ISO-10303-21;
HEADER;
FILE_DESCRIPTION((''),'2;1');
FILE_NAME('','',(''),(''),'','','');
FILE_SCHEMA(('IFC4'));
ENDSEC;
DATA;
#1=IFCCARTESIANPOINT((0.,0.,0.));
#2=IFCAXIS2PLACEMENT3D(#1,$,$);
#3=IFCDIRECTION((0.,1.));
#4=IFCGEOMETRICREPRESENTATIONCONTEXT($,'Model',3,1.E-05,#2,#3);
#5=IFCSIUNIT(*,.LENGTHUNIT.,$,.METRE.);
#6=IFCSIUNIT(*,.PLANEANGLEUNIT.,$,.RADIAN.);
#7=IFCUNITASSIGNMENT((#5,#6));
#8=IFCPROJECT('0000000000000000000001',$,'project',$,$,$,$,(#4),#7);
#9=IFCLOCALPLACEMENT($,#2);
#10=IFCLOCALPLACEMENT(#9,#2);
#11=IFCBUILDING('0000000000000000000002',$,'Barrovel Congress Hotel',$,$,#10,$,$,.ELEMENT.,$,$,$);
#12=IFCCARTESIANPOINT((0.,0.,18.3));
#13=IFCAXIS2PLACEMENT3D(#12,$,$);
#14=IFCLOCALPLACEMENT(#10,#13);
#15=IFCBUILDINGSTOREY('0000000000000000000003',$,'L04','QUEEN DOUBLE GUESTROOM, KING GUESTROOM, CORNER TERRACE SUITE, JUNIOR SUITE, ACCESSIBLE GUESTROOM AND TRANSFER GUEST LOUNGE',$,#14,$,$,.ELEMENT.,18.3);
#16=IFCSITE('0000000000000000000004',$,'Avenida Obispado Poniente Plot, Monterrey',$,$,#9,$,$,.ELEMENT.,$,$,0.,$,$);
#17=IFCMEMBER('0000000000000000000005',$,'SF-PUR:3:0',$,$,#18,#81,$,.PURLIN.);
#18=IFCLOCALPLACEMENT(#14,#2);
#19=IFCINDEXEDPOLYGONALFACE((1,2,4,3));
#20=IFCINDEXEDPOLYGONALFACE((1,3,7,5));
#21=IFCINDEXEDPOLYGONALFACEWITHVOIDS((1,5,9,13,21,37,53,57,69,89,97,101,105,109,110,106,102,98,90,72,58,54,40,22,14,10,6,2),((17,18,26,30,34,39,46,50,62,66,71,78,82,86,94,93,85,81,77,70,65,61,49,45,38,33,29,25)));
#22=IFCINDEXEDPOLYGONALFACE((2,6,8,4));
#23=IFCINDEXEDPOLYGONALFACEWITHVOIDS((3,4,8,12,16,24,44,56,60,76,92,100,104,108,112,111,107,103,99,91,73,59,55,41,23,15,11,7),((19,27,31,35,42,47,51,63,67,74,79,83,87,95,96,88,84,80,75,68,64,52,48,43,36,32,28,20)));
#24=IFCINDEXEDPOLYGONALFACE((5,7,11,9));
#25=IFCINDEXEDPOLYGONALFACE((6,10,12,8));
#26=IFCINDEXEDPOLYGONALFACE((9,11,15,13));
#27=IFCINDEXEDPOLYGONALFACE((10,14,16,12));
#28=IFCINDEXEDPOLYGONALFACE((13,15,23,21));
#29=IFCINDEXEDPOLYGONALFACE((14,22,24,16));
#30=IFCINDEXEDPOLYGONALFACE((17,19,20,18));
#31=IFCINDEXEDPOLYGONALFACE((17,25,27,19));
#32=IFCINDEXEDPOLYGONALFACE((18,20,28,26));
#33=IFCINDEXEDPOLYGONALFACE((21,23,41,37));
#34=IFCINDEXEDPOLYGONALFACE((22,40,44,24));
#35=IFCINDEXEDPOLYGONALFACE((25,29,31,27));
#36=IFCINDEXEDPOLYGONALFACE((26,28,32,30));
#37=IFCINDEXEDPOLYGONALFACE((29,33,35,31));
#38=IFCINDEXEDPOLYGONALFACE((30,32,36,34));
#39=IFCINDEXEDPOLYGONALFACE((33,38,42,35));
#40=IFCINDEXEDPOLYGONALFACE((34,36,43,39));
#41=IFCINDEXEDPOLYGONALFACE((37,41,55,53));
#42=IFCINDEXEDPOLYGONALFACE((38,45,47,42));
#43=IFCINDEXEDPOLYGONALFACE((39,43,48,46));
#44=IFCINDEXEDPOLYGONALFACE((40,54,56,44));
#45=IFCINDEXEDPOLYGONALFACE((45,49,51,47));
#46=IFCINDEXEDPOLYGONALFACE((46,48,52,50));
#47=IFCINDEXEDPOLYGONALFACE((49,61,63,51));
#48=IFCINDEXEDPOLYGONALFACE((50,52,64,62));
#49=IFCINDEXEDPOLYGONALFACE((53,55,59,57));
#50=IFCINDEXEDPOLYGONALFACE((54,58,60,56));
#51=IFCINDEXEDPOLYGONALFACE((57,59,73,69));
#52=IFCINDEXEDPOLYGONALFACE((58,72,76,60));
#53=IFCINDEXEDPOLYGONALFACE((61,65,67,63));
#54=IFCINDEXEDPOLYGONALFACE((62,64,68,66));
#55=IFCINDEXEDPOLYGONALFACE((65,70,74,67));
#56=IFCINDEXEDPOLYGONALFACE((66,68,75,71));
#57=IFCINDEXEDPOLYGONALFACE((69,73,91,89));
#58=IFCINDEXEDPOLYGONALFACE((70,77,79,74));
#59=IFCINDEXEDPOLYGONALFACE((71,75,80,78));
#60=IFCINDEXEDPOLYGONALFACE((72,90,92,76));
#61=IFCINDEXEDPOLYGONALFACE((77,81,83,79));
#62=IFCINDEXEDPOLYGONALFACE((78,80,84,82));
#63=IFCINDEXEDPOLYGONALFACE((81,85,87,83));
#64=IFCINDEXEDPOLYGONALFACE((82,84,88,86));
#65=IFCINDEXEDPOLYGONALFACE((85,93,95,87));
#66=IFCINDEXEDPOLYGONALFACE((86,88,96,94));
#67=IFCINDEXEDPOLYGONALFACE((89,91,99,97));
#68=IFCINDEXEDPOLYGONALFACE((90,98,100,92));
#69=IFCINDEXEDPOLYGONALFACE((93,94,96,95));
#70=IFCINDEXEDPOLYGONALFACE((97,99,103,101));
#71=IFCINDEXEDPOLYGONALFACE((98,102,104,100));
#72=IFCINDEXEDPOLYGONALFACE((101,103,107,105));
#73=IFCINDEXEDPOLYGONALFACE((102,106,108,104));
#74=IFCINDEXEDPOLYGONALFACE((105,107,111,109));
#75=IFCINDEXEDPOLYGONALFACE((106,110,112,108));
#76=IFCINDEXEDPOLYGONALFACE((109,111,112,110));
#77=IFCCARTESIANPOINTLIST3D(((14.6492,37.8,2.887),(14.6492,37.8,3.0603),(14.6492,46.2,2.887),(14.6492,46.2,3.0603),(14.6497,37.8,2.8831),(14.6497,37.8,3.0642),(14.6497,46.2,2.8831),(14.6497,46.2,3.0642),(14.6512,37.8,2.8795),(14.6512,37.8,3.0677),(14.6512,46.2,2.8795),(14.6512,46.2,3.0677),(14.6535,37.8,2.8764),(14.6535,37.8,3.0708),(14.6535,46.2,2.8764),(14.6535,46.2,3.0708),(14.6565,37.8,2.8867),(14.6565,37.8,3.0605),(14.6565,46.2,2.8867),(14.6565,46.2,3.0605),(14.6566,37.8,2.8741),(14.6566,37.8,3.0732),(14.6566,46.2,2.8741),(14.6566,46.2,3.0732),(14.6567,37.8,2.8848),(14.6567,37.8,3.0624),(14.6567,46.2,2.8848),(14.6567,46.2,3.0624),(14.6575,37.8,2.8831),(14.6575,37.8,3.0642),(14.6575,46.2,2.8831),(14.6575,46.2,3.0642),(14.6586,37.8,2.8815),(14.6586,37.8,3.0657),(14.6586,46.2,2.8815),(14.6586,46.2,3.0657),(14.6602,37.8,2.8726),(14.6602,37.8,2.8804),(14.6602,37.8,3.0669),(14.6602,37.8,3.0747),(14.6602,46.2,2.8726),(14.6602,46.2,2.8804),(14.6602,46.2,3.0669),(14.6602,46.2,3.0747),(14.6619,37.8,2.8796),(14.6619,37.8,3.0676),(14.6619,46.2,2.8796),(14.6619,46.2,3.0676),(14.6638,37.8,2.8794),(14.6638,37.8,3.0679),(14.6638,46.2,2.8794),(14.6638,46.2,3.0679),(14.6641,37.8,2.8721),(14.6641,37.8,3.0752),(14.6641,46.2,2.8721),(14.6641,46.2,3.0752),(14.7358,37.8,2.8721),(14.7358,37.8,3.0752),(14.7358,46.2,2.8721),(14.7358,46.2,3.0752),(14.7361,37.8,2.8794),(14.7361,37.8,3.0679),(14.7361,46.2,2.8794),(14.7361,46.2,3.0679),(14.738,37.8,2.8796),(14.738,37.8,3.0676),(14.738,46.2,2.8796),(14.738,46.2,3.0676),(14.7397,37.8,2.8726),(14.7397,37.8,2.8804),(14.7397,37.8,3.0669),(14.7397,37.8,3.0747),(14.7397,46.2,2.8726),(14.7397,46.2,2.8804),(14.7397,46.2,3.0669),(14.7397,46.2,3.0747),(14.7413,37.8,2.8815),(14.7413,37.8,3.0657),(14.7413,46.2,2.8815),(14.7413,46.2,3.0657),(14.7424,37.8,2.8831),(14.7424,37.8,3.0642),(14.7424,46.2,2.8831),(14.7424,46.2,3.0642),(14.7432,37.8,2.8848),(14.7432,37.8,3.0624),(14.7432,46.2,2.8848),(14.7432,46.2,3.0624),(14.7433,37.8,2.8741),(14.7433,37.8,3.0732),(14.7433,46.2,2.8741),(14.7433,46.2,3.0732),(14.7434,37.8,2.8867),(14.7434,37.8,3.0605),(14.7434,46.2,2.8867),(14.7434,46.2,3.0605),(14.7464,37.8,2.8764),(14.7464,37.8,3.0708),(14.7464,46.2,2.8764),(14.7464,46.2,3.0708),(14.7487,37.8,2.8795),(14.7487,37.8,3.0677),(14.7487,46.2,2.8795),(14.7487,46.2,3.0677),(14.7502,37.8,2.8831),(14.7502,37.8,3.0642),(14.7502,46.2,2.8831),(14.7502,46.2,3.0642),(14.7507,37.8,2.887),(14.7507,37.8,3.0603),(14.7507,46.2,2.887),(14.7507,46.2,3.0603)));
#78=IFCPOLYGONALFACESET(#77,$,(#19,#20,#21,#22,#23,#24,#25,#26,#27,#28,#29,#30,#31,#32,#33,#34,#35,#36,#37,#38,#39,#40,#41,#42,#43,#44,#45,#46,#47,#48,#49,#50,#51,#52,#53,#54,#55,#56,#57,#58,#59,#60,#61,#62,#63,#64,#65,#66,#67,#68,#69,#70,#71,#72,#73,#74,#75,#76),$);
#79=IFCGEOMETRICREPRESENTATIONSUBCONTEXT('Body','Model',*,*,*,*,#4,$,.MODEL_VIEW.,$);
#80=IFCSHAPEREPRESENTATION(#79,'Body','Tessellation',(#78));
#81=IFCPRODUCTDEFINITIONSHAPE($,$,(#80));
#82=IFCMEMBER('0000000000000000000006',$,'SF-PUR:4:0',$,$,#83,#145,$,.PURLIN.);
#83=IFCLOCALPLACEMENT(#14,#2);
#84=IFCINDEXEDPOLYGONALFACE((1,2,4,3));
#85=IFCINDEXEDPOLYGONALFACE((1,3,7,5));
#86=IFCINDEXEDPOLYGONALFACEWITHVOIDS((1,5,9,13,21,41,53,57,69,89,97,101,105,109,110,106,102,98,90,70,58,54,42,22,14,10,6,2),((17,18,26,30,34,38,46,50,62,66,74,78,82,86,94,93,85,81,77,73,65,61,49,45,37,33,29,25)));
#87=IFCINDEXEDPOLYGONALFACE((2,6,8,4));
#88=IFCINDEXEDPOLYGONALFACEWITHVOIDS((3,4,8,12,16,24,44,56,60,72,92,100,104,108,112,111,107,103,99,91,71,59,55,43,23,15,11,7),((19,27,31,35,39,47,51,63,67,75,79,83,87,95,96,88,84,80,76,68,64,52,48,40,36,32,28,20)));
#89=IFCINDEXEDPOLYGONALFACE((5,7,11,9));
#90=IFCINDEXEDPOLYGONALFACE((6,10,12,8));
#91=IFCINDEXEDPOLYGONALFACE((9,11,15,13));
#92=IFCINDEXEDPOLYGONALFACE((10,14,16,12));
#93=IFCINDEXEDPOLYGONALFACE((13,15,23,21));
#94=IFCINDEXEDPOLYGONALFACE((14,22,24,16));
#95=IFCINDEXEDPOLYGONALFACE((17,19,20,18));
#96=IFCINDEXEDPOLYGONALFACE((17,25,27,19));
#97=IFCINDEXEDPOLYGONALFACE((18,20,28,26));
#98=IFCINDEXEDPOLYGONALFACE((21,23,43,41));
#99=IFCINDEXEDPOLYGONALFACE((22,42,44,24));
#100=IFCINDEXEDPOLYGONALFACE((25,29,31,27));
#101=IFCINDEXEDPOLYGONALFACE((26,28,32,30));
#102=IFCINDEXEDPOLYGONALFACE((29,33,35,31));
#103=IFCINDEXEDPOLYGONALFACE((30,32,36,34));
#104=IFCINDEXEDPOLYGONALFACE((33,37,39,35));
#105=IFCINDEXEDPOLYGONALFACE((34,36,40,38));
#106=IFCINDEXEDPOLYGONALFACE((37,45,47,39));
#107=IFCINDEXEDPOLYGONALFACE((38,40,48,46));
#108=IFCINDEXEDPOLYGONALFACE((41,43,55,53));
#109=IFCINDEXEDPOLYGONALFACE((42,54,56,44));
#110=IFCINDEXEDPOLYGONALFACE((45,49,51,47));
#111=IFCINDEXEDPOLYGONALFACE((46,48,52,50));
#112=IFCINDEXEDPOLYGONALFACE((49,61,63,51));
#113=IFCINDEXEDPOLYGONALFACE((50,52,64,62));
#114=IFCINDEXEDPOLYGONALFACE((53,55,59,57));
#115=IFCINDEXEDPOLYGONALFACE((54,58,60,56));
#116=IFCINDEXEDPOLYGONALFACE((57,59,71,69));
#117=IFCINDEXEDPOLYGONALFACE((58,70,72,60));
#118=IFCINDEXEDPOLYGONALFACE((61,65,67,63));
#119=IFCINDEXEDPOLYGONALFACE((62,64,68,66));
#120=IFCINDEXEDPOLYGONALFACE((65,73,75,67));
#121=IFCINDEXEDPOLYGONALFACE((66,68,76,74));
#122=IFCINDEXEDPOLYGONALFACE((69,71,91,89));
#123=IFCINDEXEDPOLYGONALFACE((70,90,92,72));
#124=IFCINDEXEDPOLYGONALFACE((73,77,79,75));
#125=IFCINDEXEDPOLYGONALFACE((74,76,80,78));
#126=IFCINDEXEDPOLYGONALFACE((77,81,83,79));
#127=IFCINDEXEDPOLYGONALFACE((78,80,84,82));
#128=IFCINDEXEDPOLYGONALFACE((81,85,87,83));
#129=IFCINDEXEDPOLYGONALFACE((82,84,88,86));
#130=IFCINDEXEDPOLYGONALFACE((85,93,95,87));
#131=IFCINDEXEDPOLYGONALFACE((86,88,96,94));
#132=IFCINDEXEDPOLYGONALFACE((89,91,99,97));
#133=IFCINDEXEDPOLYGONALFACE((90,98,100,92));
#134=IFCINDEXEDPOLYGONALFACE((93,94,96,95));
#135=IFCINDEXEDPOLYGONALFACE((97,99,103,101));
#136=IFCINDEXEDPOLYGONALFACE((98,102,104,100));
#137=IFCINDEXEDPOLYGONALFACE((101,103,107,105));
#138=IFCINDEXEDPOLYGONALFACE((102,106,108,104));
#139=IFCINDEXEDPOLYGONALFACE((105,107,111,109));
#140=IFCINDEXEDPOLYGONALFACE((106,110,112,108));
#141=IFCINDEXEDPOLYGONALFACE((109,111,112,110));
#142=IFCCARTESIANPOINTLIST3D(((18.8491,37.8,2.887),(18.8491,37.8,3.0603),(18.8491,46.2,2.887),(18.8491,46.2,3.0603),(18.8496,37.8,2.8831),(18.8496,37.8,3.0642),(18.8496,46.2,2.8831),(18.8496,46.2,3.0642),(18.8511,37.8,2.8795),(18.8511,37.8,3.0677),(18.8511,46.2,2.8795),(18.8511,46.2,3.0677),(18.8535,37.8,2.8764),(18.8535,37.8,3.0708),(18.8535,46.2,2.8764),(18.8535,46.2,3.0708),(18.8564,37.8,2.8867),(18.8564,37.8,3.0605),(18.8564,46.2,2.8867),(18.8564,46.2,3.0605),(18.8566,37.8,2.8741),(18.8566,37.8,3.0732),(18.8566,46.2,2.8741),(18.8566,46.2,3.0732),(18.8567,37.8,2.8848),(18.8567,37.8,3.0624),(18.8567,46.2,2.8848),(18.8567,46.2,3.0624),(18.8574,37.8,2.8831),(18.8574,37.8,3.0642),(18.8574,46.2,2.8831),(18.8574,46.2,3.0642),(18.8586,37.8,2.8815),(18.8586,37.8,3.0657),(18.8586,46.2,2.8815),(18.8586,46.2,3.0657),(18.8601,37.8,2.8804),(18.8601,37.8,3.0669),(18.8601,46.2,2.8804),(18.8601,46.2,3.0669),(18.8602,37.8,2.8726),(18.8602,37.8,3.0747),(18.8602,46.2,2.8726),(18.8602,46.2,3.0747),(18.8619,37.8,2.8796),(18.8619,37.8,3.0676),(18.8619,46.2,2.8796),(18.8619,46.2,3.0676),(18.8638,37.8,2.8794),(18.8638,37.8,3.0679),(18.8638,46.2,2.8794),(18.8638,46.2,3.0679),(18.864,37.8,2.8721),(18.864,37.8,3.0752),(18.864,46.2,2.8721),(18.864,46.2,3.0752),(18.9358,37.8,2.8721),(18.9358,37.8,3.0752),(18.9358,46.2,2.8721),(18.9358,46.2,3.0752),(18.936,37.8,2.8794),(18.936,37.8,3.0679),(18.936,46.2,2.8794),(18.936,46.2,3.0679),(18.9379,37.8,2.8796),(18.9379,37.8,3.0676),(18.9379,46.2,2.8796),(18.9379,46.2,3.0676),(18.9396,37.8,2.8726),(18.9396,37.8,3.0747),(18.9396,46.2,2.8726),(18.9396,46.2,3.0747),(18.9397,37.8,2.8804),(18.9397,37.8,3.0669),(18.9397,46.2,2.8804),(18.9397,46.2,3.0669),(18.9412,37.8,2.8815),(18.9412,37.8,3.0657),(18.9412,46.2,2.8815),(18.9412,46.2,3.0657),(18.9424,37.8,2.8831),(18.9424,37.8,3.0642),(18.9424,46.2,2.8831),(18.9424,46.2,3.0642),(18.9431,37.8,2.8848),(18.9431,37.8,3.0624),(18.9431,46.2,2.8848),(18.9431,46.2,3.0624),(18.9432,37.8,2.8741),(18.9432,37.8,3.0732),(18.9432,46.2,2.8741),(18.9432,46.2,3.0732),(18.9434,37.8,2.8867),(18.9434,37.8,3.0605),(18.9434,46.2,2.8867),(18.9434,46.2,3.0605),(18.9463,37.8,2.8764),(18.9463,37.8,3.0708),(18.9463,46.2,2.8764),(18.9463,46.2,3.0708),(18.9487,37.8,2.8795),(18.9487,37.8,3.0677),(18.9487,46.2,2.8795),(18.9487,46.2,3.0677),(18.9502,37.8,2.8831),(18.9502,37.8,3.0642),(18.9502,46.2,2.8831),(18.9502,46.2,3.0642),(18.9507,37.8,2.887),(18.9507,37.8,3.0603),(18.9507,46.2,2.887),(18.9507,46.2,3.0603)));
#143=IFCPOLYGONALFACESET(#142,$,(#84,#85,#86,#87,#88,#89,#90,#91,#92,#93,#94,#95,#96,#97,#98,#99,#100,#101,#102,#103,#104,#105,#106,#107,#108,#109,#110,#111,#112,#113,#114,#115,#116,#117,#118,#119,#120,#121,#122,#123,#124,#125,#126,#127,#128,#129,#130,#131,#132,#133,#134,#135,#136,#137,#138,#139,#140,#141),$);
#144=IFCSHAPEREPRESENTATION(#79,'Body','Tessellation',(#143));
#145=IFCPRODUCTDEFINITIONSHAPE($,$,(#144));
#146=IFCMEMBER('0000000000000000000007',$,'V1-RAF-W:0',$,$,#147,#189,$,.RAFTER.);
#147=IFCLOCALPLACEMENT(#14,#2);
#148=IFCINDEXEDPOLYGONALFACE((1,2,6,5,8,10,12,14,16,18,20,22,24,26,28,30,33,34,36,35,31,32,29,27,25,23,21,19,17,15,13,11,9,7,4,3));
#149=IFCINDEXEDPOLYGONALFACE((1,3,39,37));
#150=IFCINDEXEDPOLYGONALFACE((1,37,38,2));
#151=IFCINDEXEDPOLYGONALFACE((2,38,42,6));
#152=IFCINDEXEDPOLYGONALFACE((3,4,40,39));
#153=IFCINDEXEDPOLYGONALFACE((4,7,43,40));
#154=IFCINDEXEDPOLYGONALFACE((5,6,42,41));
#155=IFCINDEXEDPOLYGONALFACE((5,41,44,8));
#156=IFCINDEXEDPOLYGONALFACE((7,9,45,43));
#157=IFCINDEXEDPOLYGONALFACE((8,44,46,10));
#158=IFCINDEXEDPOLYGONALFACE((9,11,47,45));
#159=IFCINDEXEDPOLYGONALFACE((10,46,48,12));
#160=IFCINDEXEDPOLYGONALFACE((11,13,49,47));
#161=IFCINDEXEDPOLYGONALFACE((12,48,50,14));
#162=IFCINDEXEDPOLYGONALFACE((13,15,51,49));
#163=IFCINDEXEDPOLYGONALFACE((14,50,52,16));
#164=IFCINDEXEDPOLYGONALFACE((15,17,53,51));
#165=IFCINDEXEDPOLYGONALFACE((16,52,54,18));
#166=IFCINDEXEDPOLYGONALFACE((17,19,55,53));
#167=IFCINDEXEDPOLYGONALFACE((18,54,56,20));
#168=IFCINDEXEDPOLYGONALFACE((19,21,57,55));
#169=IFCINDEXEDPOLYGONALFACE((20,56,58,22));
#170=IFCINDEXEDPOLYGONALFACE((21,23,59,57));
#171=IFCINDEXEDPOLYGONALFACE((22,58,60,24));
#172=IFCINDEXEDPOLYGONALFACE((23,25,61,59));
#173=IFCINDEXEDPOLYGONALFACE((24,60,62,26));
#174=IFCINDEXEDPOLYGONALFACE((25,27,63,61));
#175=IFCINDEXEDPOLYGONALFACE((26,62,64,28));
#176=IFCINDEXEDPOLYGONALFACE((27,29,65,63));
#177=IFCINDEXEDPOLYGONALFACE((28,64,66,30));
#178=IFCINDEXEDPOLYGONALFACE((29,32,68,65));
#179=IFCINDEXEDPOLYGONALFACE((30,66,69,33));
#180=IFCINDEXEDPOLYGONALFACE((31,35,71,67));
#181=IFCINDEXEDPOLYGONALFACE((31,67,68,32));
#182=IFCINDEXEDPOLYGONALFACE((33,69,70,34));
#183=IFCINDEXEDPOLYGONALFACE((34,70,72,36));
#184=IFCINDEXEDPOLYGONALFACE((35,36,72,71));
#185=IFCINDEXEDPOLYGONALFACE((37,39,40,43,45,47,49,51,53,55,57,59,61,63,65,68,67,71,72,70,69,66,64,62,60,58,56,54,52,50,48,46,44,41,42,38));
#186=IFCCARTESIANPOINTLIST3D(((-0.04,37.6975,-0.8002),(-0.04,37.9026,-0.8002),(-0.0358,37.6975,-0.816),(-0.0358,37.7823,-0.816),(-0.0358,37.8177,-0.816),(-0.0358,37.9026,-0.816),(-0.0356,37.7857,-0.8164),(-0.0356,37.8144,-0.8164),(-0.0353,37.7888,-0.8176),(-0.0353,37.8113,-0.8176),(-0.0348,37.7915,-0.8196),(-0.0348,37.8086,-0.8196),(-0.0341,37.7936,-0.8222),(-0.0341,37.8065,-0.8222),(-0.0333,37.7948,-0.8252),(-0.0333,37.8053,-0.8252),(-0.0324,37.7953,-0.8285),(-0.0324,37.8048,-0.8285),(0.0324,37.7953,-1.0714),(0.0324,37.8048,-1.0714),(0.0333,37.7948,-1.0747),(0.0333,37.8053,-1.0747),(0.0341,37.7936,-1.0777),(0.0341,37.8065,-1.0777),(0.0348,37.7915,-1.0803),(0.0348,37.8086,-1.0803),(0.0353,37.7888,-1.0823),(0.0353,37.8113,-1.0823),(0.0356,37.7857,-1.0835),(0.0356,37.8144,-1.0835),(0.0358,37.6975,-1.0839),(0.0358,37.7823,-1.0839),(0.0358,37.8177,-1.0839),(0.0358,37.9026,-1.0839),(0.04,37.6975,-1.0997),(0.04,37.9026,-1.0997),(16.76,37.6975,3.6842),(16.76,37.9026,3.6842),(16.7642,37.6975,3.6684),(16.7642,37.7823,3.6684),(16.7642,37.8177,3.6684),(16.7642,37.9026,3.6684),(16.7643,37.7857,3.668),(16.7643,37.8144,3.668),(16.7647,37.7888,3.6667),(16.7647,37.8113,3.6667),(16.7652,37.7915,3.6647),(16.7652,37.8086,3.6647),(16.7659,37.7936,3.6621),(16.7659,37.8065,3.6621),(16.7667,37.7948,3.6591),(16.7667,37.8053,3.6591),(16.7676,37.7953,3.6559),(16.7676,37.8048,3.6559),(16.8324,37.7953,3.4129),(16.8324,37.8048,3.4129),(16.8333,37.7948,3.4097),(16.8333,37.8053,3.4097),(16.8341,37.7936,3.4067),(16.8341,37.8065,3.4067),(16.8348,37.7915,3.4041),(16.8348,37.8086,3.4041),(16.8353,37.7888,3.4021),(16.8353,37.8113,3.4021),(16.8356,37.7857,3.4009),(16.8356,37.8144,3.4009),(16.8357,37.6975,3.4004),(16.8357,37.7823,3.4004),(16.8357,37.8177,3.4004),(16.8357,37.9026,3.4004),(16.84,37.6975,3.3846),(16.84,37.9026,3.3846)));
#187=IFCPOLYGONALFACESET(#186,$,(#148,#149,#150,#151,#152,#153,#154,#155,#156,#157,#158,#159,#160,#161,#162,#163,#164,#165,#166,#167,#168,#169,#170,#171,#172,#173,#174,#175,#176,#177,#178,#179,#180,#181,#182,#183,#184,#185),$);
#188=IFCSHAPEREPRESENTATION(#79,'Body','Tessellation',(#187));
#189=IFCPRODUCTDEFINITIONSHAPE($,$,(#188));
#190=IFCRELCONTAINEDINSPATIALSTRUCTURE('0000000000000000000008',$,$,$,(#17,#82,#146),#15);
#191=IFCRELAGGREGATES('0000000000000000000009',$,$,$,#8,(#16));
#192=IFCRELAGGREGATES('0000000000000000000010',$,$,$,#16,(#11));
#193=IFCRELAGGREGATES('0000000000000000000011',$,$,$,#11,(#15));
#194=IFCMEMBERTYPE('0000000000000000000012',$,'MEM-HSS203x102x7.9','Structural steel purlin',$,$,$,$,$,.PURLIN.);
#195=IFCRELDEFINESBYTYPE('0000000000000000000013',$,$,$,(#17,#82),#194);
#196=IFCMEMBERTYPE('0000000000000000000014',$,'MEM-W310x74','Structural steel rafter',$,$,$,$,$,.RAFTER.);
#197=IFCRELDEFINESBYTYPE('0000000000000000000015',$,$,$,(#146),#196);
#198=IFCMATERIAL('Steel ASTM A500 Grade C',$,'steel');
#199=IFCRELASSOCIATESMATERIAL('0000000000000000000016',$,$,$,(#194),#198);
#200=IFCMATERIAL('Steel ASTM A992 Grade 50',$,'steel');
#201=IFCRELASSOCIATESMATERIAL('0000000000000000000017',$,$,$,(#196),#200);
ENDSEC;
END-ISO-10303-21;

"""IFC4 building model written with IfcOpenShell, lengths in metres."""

from ifc_helpers import new_model, si_unit, direction, frame, origin, origin_2d, place, context, subcontext, project, spatial, hollow_rectangle, i_section, extrude, material, material_profile, profile_set, type_object, element, save


model = new_model("IFC4")

# Units and contexts
model_context = context("Model", 3, precision=1e-05, world=origin(), true_north=direction((0.0, 1.0)))
body_context = subcontext(model_context, "Body", "Model", "MODEL_VIEW")
ifc_project = project(units=[si_unit("LENGTHUNIT", "METRE"), si_unit("PLANEANGLEUNIT", "RADIAN")], contexts=[model_context])

# Site, building, storey
site_placement = place(None, origin())
site = spatial("IfcSite", under=ifc_project, at=site_placement, Name="Avenida Obispado Poniente Plot, Monterrey", CompositionType="ELEMENT", RefElevation=0.0)
building_placement = place(site_placement, origin())
building = spatial("IfcBuilding", under=site, at=building_placement, Name="Barrovel Congress Hotel", CompositionType="ELEMENT")
storey_placement = place(building_placement, frame((0.0, 0.0, 18.3)))
storey = spatial("IfcBuildingStorey", under=building, at=storey_placement, Name="L04", Description="QUEEN DOUBLE GUESTROOM, KING GUESTROOM, CORNER TERRACE SUITE, JUNIOR SUITE, ACCESSIBLE GUESTROOM AND TRANSFER GUEST LOUNGE", CompositionType="ELEMENT", Elevation=18.3)

# Members
ifc_material_1 = material(Name="Steel ASTM A500 Grade C", Category="steel")
ifc_material_profile_1 = material_profile(ifc_material_1, hollow_rectangle(XDim=0.1016, YDim=0.2031, WallThickness=0.0073, InnerFilletRadius=0.0073, OuterFilletRadius=0.0149, at=origin_2d()), Name="HSS203x102x7.9")
ifc_profile_set_1 = profile_set([ifc_material_profile_1], Name="Steel ASTM A500 Grade C")
member_type_1 = type_object("IfcMemberType", Name="MEM-HSS203x102x7.9", Description="Structural steel purlin", PredefinedType="PURLIN", material=ifc_profile_set_1)
for number, where, z_axis, x_axis, name in (
    (1, (14.7, 37.8, 2.9736), (0.0, 1.0, 0.0), (-1.0, 0.0, 0.0), "SF-PUR:3:0"),
    (2, (18.8999, 37.8, 2.9736), (0.0, 1.0, 0.0), (-1.0, 0.0, 0.0), "SF-PUR:4:0"),
):
    element("IfcMember", number, at=place(storey_placement, frame(where, z_axis=z_axis, x_axis=x_axis)), inside=storey, type_object=member_type_1, Name=name, PredefinedType="PURLIN", context=body_context, shape_type="SweptSolid", body=[
        extrude(hollow_rectangle(XDim=0.1016, YDim=0.2031, WallThickness=0.0073, InnerFilletRadius=0.0073, OuterFilletRadius=0.0149, at=origin_2d()), origin(), (0.0, 0.0, 1.0), 8.3999),
    ])
ifc_material_2 = material(Name="Steel ASTM A992 Grade 50", Category="steel")
ifc_material_profile_2 = material_profile(ifc_material_2, i_section(OverallWidth=0.2051, OverallDepth=0.3101, WebThickness=0.0095, FlangeThickness=0.0164, FilletRadius=0.0129, at=origin_2d()), Name="W310x74")
ifc_profile_set_2 = profile_set([ifc_material_profile_2], Name="Steel ASTM A992 Grade 50")
member_type_2 = type_object("IfcMemberType", Name="MEM-W310x74", Description="Structural steel rafter", PredefinedType="RAFTER", material=ifc_profile_set_2)
for number, where, z_axis, x_axis, name in (
    (3, (0.0, 37.8, -0.95), (0.966172, 0.0, 0.257897), (0.0, 1.0, 0.0), "V1-RAF-W:0"),
):
    element("IfcMember", number, at=place(storey_placement, frame(where, z_axis=z_axis, x_axis=x_axis)), inside=storey, type_object=member_type_2, Name=name, PredefinedType="RAFTER", context=body_context, shape_type="SweptSolid", body=[
        extrude(i_section(OverallWidth=0.2051, OverallDepth=0.3101, WebThickness=0.0095, FlangeThickness=0.0164, FilletRadius=0.0129, at=origin_2d()), origin(), (0.0, 0.0, 1.0), 17.3882),
    ])

save(model, "model.ifc")
